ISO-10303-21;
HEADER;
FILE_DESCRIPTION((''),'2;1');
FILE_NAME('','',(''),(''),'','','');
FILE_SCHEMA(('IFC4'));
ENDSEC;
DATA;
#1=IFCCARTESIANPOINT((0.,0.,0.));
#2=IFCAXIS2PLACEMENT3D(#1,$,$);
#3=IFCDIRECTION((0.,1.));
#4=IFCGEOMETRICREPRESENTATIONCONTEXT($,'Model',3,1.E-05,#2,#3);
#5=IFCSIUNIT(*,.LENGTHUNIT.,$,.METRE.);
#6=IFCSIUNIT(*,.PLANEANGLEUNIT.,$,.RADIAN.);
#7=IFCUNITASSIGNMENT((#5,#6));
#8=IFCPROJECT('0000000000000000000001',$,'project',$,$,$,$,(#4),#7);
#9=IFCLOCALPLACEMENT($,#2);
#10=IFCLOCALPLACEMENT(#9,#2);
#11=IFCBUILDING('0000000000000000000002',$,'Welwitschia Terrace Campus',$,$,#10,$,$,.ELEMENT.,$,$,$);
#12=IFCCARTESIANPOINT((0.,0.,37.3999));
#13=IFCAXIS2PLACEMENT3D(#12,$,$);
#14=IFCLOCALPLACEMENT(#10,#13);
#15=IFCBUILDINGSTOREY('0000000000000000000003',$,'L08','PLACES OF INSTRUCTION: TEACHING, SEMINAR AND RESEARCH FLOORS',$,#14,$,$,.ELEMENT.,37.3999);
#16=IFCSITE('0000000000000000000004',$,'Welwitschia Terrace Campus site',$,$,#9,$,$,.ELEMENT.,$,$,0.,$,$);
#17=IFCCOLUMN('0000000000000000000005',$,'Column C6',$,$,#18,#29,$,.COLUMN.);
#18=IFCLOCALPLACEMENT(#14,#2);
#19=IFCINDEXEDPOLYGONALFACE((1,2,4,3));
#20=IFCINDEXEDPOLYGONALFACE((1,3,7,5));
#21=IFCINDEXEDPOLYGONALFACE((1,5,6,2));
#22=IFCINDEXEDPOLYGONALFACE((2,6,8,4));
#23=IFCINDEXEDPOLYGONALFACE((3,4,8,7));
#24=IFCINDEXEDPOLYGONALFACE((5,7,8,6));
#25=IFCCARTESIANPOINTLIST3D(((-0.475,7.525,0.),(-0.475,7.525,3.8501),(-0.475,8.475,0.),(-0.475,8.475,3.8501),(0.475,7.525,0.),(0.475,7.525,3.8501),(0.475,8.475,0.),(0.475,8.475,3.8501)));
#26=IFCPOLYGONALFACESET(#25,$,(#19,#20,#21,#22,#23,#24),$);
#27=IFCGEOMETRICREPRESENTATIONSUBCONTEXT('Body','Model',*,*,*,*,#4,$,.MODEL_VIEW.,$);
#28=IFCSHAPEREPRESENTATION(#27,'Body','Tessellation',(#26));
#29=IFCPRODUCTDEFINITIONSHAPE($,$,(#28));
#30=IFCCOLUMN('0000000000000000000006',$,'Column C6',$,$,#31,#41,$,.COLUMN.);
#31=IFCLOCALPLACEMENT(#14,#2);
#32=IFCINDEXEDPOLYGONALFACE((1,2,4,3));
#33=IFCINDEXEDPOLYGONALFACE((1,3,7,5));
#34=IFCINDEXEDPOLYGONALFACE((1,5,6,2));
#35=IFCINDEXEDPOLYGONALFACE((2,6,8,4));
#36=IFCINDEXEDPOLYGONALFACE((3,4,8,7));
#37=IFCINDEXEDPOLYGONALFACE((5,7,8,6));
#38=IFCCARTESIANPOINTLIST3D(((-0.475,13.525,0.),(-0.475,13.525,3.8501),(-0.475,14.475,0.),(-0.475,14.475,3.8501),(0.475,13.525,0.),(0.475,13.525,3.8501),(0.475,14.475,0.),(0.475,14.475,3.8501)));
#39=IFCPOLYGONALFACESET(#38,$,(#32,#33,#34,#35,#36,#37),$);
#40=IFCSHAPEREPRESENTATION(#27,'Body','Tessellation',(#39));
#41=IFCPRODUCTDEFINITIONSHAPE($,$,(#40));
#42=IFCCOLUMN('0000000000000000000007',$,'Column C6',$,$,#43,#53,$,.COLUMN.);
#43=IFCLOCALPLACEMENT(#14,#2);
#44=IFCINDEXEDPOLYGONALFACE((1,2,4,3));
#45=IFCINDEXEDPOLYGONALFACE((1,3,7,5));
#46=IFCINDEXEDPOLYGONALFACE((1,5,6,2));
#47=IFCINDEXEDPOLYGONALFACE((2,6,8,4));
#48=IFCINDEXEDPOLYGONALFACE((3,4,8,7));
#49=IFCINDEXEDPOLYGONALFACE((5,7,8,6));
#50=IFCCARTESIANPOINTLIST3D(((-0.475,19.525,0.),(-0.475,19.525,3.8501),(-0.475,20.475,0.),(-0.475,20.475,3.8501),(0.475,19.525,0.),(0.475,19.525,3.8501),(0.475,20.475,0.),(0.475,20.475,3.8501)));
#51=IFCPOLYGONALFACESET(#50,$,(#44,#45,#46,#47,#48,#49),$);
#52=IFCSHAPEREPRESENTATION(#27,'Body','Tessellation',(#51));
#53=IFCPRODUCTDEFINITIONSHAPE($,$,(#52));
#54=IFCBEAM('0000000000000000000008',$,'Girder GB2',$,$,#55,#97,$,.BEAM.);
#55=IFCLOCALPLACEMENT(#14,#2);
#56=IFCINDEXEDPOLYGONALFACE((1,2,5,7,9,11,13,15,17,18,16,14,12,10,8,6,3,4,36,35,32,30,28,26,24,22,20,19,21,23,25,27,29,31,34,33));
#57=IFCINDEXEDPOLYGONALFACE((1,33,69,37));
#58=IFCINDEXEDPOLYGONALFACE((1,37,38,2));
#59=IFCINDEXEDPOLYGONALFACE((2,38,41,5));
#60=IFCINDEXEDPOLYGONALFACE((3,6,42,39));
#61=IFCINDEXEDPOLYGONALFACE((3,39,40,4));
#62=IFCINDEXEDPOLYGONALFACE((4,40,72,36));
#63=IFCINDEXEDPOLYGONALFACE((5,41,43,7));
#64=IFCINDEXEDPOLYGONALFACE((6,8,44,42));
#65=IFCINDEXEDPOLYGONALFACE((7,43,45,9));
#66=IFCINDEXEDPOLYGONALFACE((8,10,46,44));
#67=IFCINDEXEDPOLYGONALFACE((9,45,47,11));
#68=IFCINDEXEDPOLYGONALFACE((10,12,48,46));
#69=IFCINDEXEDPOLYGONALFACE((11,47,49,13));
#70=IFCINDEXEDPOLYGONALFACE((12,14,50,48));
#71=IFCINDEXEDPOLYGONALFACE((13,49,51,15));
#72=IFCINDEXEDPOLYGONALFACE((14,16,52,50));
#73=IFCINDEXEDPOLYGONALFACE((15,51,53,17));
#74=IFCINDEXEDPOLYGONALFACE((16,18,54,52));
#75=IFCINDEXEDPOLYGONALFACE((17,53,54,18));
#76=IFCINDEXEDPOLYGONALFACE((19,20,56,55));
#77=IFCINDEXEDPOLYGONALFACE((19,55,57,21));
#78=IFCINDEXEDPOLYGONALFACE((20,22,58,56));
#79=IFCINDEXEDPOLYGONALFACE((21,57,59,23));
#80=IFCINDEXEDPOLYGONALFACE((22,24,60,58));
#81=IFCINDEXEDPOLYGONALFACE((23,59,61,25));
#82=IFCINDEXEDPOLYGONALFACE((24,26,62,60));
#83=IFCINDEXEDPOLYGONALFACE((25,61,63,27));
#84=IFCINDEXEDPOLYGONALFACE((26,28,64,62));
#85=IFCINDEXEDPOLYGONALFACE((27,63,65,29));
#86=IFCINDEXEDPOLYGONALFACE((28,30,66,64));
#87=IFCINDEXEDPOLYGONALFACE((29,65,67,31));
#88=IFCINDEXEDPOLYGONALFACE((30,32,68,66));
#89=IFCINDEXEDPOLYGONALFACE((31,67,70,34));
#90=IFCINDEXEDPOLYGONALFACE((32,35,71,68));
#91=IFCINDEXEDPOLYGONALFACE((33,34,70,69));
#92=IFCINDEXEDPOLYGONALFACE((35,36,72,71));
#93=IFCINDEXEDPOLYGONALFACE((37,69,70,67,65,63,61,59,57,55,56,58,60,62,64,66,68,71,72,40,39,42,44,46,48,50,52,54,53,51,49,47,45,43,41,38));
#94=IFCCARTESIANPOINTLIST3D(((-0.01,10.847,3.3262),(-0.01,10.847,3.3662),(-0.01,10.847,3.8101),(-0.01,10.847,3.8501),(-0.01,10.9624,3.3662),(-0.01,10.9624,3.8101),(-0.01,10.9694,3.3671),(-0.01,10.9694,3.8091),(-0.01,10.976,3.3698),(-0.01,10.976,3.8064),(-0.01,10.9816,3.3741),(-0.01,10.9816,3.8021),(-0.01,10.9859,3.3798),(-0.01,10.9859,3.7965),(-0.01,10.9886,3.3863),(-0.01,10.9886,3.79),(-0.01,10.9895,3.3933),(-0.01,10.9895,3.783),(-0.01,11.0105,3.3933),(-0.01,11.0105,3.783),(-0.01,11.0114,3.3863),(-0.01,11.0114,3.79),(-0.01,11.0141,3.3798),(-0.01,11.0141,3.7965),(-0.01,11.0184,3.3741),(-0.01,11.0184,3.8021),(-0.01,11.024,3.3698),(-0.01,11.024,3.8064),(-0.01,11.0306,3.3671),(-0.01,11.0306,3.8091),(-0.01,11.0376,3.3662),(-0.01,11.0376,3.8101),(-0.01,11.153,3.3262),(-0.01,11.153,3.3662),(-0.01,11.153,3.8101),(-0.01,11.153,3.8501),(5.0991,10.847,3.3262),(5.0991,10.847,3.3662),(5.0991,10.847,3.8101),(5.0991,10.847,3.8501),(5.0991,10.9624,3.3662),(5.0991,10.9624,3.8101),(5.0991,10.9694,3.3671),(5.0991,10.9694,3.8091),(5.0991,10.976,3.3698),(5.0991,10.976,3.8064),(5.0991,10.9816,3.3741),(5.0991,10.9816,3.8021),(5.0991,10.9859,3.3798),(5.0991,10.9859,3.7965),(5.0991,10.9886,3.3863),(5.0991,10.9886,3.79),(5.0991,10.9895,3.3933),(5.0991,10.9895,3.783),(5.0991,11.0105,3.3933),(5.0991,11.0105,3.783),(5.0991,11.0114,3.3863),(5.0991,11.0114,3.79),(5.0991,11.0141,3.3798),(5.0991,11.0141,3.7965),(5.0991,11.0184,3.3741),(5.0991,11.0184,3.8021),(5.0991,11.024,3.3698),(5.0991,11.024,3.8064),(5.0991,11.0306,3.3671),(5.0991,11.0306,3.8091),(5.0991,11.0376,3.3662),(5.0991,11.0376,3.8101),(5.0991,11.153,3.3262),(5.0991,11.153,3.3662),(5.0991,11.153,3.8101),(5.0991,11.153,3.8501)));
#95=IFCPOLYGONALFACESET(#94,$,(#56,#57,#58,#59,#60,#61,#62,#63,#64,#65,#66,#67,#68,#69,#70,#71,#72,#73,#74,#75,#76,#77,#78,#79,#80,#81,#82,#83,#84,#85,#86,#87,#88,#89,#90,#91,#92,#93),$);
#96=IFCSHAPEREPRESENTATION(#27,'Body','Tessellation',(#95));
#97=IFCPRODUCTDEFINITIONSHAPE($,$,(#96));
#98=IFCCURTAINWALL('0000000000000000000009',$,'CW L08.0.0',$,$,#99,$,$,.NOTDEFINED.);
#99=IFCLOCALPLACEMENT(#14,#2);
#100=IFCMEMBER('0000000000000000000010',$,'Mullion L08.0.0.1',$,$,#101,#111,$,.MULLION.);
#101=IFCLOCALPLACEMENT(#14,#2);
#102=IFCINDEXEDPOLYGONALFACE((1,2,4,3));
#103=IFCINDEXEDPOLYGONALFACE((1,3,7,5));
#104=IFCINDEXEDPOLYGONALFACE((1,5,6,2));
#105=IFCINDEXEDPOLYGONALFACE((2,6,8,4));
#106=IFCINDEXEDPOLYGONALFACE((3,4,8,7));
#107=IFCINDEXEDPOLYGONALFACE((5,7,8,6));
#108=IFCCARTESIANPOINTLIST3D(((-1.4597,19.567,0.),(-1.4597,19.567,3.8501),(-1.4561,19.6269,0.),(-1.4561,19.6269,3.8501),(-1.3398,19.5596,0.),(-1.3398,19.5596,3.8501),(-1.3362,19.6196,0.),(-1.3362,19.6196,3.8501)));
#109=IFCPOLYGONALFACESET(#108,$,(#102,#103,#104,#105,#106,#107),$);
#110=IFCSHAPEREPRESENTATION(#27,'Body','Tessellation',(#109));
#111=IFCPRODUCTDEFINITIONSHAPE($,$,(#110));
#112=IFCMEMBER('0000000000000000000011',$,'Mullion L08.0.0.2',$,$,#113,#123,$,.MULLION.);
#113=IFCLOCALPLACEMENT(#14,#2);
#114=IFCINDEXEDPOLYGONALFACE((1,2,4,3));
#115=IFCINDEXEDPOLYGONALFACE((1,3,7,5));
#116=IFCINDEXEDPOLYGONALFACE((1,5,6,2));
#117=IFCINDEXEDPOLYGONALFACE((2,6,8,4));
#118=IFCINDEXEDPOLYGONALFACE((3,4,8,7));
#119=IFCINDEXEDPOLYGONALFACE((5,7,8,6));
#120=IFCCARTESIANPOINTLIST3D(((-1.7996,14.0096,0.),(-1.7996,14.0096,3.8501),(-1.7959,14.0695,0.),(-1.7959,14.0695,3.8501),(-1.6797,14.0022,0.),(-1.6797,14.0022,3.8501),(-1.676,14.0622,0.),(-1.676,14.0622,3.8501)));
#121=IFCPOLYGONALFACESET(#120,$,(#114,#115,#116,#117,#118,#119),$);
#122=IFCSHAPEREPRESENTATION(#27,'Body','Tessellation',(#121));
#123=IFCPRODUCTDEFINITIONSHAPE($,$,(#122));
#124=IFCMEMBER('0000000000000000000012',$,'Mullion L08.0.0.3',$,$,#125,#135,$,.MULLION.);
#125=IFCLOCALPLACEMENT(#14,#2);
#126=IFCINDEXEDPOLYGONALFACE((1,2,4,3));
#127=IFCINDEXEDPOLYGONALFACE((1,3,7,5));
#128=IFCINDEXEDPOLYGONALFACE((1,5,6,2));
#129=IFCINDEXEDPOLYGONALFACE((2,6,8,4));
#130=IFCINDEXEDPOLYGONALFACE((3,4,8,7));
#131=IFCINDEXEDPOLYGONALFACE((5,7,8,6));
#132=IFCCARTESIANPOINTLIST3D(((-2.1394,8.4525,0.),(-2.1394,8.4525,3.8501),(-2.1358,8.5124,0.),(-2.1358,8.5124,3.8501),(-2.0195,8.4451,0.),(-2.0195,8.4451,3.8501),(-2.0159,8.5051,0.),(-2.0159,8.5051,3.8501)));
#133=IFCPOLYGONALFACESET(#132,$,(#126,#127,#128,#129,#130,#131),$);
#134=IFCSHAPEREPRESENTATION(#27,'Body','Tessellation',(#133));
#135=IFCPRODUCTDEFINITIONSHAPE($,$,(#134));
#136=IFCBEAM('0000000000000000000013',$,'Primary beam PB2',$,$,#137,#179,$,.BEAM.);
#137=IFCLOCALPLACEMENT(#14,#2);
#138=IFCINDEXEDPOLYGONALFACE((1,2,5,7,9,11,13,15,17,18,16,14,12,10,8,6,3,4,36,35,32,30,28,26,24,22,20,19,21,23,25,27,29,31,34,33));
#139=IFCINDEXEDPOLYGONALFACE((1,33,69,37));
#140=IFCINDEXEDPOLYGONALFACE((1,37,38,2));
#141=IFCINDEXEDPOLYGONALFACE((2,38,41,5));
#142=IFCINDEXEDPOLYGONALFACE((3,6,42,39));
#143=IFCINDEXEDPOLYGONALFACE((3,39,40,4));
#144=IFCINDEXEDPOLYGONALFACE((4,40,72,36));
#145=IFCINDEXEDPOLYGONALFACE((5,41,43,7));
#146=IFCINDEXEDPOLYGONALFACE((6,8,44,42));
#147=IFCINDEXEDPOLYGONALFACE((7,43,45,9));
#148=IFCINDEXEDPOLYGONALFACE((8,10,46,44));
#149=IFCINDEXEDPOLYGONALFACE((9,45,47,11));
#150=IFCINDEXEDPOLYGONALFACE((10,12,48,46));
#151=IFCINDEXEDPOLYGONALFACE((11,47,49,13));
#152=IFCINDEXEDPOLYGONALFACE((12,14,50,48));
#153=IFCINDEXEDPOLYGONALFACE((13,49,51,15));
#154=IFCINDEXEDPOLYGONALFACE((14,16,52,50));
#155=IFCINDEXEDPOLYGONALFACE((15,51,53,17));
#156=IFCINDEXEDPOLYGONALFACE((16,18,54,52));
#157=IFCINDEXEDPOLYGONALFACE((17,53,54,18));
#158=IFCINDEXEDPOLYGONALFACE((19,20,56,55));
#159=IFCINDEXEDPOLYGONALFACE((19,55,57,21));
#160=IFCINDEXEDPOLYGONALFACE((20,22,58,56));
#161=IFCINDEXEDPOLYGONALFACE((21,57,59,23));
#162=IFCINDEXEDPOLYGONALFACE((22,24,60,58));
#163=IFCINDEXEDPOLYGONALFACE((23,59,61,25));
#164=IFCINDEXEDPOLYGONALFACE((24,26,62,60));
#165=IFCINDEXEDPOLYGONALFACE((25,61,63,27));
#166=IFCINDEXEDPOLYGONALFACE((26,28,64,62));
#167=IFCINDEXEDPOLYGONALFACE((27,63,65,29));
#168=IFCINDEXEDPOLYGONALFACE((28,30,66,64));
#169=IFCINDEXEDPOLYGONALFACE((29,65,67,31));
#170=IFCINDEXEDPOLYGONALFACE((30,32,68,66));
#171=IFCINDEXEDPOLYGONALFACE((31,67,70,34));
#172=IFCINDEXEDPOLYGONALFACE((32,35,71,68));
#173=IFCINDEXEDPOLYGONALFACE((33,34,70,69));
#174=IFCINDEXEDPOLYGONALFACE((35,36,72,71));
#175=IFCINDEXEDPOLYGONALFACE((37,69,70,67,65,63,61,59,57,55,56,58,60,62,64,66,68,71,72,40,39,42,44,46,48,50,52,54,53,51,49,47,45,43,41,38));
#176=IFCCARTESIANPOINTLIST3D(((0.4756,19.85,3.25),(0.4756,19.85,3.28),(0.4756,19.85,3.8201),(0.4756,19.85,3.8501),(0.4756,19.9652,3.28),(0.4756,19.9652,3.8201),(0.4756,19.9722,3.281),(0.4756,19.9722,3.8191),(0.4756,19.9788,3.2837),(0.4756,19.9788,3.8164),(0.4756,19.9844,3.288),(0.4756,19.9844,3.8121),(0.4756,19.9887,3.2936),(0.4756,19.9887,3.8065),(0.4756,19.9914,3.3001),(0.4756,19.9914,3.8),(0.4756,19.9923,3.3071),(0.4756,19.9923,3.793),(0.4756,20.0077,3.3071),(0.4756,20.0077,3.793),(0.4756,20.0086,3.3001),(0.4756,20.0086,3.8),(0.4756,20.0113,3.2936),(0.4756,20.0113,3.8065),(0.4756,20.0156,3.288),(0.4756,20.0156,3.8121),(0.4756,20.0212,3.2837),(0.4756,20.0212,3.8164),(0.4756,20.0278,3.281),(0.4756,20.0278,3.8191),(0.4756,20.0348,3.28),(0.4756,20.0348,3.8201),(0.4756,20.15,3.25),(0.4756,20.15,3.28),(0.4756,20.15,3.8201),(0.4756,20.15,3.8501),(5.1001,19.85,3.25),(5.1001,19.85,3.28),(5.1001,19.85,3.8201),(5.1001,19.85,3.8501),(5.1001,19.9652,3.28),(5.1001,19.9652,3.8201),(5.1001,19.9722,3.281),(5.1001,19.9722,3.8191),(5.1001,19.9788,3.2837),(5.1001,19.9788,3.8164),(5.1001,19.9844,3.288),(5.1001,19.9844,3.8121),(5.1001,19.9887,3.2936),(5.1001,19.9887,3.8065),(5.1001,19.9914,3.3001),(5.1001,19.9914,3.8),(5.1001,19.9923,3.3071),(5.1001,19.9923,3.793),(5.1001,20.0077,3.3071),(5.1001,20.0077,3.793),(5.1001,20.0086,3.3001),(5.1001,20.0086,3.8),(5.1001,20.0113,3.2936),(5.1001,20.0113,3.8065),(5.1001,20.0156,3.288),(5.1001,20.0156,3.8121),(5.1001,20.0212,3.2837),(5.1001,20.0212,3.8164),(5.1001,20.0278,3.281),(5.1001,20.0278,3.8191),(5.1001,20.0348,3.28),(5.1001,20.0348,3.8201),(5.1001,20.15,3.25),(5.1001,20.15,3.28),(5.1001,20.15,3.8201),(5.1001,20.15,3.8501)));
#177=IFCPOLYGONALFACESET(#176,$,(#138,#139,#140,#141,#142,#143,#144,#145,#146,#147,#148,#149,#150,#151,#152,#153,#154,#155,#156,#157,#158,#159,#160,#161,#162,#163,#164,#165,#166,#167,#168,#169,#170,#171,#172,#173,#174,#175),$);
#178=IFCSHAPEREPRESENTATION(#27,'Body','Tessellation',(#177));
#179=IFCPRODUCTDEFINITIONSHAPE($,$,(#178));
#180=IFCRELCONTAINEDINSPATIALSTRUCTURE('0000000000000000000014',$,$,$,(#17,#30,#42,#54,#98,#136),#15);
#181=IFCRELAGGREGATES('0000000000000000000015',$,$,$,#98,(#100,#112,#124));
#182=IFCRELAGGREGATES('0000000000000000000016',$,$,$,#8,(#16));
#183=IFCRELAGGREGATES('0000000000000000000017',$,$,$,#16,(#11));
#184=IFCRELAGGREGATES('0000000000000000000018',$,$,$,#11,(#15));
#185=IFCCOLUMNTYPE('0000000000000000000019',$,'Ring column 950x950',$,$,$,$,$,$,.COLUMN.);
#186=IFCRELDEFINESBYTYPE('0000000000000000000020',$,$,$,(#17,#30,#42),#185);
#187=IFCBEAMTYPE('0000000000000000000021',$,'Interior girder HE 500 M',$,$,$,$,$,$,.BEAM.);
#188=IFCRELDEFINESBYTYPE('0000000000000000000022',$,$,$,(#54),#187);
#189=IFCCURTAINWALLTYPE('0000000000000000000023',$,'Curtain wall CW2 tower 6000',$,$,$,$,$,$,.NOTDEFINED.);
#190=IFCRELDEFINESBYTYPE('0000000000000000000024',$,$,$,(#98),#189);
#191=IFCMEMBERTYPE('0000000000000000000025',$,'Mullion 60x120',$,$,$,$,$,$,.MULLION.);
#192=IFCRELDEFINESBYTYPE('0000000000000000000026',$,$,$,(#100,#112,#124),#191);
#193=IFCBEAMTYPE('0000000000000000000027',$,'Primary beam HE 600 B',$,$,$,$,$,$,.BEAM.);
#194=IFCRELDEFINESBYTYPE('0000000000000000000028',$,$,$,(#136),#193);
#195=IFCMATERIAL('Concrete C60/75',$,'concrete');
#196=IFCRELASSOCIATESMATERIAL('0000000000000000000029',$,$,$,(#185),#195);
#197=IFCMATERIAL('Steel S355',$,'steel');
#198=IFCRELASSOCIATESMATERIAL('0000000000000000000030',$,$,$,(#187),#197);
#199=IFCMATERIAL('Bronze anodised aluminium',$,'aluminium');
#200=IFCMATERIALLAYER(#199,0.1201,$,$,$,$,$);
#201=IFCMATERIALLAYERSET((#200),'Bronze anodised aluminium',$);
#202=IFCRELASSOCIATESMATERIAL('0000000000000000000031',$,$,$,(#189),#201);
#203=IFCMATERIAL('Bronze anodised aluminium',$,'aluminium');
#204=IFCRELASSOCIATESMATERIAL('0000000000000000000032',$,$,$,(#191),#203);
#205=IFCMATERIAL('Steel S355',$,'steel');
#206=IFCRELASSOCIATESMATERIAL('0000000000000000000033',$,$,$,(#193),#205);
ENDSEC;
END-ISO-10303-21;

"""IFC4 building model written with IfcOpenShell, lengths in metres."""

from ifc_helpers import new_model, si_unit, direction, frame, origin, origin_2d, place, context, subcontext, project, spatial, rectangle, i_section, extrude, material, layer, layer_set, material_profile, profile_set, type_object, element, aggregate, save


model = new_model("IFC4")

# Units and contexts
model_context = context("Model", 3, precision=1e-05, world=origin(), true_north=direction((0.0, 1.0)))
body_context = subcontext(model_context, "Body", "Model", "MODEL_VIEW")
ifc_project = project(units=[si_unit("LENGTHUNIT", "METRE"), si_unit("PLANEANGLEUNIT", "RADIAN")], contexts=[model_context])

# Site, building, storey
site_placement = place(None, origin())
site = spatial("IfcSite", under=ifc_project, at=site_placement, Name="Welwitschia Terrace Campus site", CompositionType="ELEMENT", RefElevation=0.0)
building_placement = place(site_placement, origin())
building = spatial("IfcBuilding", under=site, at=building_placement, Name="Welwitschia Terrace Campus", CompositionType="ELEMENT")
storey_placement = place(building_placement, frame((0.0, 0.0, 37.3999)))
storey = spatial("IfcBuildingStorey", under=building, at=storey_placement, Name="L08", Description="PLACES OF INSTRUCTION: TEACHING, SEMINAR AND RESEARCH FLOORS", CompositionType="ELEMENT", Elevation=37.3999)

# Columns
ifc_material_1 = material(Name="Concrete C60/75", Category="concrete")
ifc_material_profile_1 = material_profile(ifc_material_1, rectangle(XDim=0.95, YDim=0.95, at=origin_2d()))
ifc_profile_set_1 = profile_set([ifc_material_profile_1], Name="Concrete C60/75")
column_type = type_object("IfcColumnType", Name="Ring column 950x950", PredefinedType="COLUMN", material=ifc_profile_set_1)
for number, where, z_axis, x_axis, name in (
    (1, (0.0, 8.0, 0.0), (0.0, 0.0, 1.0), (1.0, 0.0, 0.0), "Column C6"),
    (2, (0.0, 14.0, 0.0), (0.0, 0.0, 1.0), (1.0, 0.0, 0.0), "Column C6"),
    (3, (0.0, 20.0, 0.0), (0.0, 0.0, 1.0), (1.0, 0.0, 0.0), "Column C6"),
):
    element("IfcColumn", number, at=place(storey_placement, frame(where, z_axis=z_axis, x_axis=x_axis)), inside=storey, type_object=column_type, Name=name, PredefinedType="COLUMN", context=body_context, shape_type="SweptSolid", body=[
        extrude(rectangle(XDim=0.95, YDim=0.95, at=origin_2d()), origin(), (0.0, 0.0, 1.0), 3.8501),
    ])

# Beam
ifc_material_2 = material(Name="Steel S355", Category="steel")
ifc_material_profile_2 = material_profile(ifc_material_2, i_section(OverallWidth=0.3059, OverallDepth=0.5239, WebThickness=0.021, FlangeThickness=0.04, FilletRadius=0.0271, at=origin_2d()))
ifc_profile_set_2 = profile_set([ifc_material_profile_2], Name="Steel S355")
beam_type_1 = type_object("IfcBeamType", Name="Interior girder HE 500 M", PredefinedType="BEAM", material=ifc_profile_set_2)
beam_1_placement = place(storey_placement, frame((-0.01, 11.0, 3.5881), z_axis=(1.0, 0.0, 0.0), x_axis=(0.0, 1.0, 0.0)))
element("IfcBeam", 4, at=beam_1_placement, inside=storey, type_object=beam_type_1, Name="Girder GB2", PredefinedType="BEAM", context=body_context, shape_type="SweptSolid", body=[
    extrude(i_section(OverallWidth=0.3059, OverallDepth=0.5239, WebThickness=0.021, FlangeThickness=0.04, FilletRadius=0.0271, at=origin_2d()), origin(), (0.0, 0.0, 1.0), 5.1091),
])

# Curtain wall, members
ifc_material_3 = material(Name="Bronze anodised aluminium", Category="aluminium")
ifc_layer_1 = layer(ifc_material_3, 0.1201)
ifc_layer_set_1 = layer_set([ifc_layer_1], Name="Bronze anodised aluminium")
curtain_wall_type = type_object("IfcCurtainWallType", Name="Curtain wall CW2 tower 6000", PredefinedType="NOTDEFINED", material=ifc_layer_set_1)
curtain_wall_placement = place(storey_placement, origin())
curtain_wall = element("IfcCurtainWall", 5, at=curtain_wall_placement, inside=storey, type_object=curtain_wall_type, Name="CW L08.0.0", PredefinedType="NOTDEFINED")
ifc_material_4 = material(Name="Bronze anodised aluminium", Category="aluminium")
ifc_material_profile_3 = material_profile(ifc_material_4, rectangle(XDim=0.1201, YDim=0.0601, at=origin_2d()))
ifc_profile_set_3 = profile_set([ifc_material_profile_3], Name="Bronze anodised aluminium")
member_type = type_object("IfcMemberType", Name="Mullion 60x120", PredefinedType="MULLION", material=ifc_profile_set_3)
member_1_placement = place(storey_placement, frame((-1.3979, 19.5933, 0.0), z_axis=(0.0, 0.0, 1.0), x_axis=(0.998135, -0.061049, 0.0)))
member_1 = element("IfcMember", 6, at=member_1_placement, type_object=member_type, Name="Mullion L08.0.0.1", PredefinedType="MULLION", context=body_context, shape_type="SweptSolid", body=[
    extrude(rectangle(XDim=0.1201, YDim=0.0601, at=origin_2d()), origin(), (0.0, 0.0, 1.0), 3.8501),
])
member_2_placement = place(storey_placement, frame((-1.7378, 14.0359, 0.0), z_axis=(0.0, 0.0, 1.0), x_axis=(0.998135, -0.061049, 0.0)))
member_2 = element("IfcMember", 7, at=member_2_placement, type_object=member_type, Name="Mullion L08.0.0.2", PredefinedType="MULLION", context=body_context, shape_type="SweptSolid", body=[
    extrude(rectangle(XDim=0.1201, YDim=0.0601, at=origin_2d()), origin(), (0.0, 0.0, 1.0), 3.8501),
])
member_3_placement = place(storey_placement, frame((-2.0776, 8.4788, 0.0), z_axis=(0.0, 0.0, 1.0), x_axis=(0.998135, -0.061049, 0.0)))
member_3 = element("IfcMember", 8, at=member_3_placement, type_object=member_type, Name="Mullion L08.0.0.3", PredefinedType="MULLION", context=body_context, shape_type="SweptSolid", body=[
    extrude(rectangle(XDim=0.1201, YDim=0.0601, at=origin_2d()), origin(), (0.0, 0.0, 1.0), 3.8501),
])

# Beam
ifc_material_5 = material(Name="Steel S355", Category="steel")
ifc_material_profile_4 = material_profile(ifc_material_5, i_section(OverallWidth=0.3, OverallDepth=0.6001, WebThickness=0.0154, FlangeThickness=0.03, FilletRadius=0.0271, at=origin_2d()))
ifc_profile_set_4 = profile_set([ifc_material_profile_4], Name="Steel S355")
beam_type_2 = type_object("IfcBeamType", Name="Primary beam HE 600 B", PredefinedType="BEAM", material=ifc_profile_set_4)
for number, where, z_axis, x_axis, name in (
    (9, (0.4756, 20.0, 3.55), (1.0, 0.0, 0.0), (0.0, 1.0, 0.0), "Primary beam PB2"),
):
    element("IfcBeam", number, at=place(storey_placement, frame(where, z_axis=z_axis, x_axis=x_axis)), inside=storey, type_object=beam_type_2, Name=name, PredefinedType="BEAM", context=body_context, shape_type="SweptSolid", body=[
        extrude(i_section(OverallWidth=0.3, OverallDepth=0.6001, WebThickness=0.0154, FlangeThickness=0.03, FilletRadius=0.0271, at=origin_2d()), origin(), (0.0, 0.0, 1.0), 4.6245),
    ])

aggregate(curtain_wall, [member_1, member_2, member_3])

save(model, "model.ifc")
